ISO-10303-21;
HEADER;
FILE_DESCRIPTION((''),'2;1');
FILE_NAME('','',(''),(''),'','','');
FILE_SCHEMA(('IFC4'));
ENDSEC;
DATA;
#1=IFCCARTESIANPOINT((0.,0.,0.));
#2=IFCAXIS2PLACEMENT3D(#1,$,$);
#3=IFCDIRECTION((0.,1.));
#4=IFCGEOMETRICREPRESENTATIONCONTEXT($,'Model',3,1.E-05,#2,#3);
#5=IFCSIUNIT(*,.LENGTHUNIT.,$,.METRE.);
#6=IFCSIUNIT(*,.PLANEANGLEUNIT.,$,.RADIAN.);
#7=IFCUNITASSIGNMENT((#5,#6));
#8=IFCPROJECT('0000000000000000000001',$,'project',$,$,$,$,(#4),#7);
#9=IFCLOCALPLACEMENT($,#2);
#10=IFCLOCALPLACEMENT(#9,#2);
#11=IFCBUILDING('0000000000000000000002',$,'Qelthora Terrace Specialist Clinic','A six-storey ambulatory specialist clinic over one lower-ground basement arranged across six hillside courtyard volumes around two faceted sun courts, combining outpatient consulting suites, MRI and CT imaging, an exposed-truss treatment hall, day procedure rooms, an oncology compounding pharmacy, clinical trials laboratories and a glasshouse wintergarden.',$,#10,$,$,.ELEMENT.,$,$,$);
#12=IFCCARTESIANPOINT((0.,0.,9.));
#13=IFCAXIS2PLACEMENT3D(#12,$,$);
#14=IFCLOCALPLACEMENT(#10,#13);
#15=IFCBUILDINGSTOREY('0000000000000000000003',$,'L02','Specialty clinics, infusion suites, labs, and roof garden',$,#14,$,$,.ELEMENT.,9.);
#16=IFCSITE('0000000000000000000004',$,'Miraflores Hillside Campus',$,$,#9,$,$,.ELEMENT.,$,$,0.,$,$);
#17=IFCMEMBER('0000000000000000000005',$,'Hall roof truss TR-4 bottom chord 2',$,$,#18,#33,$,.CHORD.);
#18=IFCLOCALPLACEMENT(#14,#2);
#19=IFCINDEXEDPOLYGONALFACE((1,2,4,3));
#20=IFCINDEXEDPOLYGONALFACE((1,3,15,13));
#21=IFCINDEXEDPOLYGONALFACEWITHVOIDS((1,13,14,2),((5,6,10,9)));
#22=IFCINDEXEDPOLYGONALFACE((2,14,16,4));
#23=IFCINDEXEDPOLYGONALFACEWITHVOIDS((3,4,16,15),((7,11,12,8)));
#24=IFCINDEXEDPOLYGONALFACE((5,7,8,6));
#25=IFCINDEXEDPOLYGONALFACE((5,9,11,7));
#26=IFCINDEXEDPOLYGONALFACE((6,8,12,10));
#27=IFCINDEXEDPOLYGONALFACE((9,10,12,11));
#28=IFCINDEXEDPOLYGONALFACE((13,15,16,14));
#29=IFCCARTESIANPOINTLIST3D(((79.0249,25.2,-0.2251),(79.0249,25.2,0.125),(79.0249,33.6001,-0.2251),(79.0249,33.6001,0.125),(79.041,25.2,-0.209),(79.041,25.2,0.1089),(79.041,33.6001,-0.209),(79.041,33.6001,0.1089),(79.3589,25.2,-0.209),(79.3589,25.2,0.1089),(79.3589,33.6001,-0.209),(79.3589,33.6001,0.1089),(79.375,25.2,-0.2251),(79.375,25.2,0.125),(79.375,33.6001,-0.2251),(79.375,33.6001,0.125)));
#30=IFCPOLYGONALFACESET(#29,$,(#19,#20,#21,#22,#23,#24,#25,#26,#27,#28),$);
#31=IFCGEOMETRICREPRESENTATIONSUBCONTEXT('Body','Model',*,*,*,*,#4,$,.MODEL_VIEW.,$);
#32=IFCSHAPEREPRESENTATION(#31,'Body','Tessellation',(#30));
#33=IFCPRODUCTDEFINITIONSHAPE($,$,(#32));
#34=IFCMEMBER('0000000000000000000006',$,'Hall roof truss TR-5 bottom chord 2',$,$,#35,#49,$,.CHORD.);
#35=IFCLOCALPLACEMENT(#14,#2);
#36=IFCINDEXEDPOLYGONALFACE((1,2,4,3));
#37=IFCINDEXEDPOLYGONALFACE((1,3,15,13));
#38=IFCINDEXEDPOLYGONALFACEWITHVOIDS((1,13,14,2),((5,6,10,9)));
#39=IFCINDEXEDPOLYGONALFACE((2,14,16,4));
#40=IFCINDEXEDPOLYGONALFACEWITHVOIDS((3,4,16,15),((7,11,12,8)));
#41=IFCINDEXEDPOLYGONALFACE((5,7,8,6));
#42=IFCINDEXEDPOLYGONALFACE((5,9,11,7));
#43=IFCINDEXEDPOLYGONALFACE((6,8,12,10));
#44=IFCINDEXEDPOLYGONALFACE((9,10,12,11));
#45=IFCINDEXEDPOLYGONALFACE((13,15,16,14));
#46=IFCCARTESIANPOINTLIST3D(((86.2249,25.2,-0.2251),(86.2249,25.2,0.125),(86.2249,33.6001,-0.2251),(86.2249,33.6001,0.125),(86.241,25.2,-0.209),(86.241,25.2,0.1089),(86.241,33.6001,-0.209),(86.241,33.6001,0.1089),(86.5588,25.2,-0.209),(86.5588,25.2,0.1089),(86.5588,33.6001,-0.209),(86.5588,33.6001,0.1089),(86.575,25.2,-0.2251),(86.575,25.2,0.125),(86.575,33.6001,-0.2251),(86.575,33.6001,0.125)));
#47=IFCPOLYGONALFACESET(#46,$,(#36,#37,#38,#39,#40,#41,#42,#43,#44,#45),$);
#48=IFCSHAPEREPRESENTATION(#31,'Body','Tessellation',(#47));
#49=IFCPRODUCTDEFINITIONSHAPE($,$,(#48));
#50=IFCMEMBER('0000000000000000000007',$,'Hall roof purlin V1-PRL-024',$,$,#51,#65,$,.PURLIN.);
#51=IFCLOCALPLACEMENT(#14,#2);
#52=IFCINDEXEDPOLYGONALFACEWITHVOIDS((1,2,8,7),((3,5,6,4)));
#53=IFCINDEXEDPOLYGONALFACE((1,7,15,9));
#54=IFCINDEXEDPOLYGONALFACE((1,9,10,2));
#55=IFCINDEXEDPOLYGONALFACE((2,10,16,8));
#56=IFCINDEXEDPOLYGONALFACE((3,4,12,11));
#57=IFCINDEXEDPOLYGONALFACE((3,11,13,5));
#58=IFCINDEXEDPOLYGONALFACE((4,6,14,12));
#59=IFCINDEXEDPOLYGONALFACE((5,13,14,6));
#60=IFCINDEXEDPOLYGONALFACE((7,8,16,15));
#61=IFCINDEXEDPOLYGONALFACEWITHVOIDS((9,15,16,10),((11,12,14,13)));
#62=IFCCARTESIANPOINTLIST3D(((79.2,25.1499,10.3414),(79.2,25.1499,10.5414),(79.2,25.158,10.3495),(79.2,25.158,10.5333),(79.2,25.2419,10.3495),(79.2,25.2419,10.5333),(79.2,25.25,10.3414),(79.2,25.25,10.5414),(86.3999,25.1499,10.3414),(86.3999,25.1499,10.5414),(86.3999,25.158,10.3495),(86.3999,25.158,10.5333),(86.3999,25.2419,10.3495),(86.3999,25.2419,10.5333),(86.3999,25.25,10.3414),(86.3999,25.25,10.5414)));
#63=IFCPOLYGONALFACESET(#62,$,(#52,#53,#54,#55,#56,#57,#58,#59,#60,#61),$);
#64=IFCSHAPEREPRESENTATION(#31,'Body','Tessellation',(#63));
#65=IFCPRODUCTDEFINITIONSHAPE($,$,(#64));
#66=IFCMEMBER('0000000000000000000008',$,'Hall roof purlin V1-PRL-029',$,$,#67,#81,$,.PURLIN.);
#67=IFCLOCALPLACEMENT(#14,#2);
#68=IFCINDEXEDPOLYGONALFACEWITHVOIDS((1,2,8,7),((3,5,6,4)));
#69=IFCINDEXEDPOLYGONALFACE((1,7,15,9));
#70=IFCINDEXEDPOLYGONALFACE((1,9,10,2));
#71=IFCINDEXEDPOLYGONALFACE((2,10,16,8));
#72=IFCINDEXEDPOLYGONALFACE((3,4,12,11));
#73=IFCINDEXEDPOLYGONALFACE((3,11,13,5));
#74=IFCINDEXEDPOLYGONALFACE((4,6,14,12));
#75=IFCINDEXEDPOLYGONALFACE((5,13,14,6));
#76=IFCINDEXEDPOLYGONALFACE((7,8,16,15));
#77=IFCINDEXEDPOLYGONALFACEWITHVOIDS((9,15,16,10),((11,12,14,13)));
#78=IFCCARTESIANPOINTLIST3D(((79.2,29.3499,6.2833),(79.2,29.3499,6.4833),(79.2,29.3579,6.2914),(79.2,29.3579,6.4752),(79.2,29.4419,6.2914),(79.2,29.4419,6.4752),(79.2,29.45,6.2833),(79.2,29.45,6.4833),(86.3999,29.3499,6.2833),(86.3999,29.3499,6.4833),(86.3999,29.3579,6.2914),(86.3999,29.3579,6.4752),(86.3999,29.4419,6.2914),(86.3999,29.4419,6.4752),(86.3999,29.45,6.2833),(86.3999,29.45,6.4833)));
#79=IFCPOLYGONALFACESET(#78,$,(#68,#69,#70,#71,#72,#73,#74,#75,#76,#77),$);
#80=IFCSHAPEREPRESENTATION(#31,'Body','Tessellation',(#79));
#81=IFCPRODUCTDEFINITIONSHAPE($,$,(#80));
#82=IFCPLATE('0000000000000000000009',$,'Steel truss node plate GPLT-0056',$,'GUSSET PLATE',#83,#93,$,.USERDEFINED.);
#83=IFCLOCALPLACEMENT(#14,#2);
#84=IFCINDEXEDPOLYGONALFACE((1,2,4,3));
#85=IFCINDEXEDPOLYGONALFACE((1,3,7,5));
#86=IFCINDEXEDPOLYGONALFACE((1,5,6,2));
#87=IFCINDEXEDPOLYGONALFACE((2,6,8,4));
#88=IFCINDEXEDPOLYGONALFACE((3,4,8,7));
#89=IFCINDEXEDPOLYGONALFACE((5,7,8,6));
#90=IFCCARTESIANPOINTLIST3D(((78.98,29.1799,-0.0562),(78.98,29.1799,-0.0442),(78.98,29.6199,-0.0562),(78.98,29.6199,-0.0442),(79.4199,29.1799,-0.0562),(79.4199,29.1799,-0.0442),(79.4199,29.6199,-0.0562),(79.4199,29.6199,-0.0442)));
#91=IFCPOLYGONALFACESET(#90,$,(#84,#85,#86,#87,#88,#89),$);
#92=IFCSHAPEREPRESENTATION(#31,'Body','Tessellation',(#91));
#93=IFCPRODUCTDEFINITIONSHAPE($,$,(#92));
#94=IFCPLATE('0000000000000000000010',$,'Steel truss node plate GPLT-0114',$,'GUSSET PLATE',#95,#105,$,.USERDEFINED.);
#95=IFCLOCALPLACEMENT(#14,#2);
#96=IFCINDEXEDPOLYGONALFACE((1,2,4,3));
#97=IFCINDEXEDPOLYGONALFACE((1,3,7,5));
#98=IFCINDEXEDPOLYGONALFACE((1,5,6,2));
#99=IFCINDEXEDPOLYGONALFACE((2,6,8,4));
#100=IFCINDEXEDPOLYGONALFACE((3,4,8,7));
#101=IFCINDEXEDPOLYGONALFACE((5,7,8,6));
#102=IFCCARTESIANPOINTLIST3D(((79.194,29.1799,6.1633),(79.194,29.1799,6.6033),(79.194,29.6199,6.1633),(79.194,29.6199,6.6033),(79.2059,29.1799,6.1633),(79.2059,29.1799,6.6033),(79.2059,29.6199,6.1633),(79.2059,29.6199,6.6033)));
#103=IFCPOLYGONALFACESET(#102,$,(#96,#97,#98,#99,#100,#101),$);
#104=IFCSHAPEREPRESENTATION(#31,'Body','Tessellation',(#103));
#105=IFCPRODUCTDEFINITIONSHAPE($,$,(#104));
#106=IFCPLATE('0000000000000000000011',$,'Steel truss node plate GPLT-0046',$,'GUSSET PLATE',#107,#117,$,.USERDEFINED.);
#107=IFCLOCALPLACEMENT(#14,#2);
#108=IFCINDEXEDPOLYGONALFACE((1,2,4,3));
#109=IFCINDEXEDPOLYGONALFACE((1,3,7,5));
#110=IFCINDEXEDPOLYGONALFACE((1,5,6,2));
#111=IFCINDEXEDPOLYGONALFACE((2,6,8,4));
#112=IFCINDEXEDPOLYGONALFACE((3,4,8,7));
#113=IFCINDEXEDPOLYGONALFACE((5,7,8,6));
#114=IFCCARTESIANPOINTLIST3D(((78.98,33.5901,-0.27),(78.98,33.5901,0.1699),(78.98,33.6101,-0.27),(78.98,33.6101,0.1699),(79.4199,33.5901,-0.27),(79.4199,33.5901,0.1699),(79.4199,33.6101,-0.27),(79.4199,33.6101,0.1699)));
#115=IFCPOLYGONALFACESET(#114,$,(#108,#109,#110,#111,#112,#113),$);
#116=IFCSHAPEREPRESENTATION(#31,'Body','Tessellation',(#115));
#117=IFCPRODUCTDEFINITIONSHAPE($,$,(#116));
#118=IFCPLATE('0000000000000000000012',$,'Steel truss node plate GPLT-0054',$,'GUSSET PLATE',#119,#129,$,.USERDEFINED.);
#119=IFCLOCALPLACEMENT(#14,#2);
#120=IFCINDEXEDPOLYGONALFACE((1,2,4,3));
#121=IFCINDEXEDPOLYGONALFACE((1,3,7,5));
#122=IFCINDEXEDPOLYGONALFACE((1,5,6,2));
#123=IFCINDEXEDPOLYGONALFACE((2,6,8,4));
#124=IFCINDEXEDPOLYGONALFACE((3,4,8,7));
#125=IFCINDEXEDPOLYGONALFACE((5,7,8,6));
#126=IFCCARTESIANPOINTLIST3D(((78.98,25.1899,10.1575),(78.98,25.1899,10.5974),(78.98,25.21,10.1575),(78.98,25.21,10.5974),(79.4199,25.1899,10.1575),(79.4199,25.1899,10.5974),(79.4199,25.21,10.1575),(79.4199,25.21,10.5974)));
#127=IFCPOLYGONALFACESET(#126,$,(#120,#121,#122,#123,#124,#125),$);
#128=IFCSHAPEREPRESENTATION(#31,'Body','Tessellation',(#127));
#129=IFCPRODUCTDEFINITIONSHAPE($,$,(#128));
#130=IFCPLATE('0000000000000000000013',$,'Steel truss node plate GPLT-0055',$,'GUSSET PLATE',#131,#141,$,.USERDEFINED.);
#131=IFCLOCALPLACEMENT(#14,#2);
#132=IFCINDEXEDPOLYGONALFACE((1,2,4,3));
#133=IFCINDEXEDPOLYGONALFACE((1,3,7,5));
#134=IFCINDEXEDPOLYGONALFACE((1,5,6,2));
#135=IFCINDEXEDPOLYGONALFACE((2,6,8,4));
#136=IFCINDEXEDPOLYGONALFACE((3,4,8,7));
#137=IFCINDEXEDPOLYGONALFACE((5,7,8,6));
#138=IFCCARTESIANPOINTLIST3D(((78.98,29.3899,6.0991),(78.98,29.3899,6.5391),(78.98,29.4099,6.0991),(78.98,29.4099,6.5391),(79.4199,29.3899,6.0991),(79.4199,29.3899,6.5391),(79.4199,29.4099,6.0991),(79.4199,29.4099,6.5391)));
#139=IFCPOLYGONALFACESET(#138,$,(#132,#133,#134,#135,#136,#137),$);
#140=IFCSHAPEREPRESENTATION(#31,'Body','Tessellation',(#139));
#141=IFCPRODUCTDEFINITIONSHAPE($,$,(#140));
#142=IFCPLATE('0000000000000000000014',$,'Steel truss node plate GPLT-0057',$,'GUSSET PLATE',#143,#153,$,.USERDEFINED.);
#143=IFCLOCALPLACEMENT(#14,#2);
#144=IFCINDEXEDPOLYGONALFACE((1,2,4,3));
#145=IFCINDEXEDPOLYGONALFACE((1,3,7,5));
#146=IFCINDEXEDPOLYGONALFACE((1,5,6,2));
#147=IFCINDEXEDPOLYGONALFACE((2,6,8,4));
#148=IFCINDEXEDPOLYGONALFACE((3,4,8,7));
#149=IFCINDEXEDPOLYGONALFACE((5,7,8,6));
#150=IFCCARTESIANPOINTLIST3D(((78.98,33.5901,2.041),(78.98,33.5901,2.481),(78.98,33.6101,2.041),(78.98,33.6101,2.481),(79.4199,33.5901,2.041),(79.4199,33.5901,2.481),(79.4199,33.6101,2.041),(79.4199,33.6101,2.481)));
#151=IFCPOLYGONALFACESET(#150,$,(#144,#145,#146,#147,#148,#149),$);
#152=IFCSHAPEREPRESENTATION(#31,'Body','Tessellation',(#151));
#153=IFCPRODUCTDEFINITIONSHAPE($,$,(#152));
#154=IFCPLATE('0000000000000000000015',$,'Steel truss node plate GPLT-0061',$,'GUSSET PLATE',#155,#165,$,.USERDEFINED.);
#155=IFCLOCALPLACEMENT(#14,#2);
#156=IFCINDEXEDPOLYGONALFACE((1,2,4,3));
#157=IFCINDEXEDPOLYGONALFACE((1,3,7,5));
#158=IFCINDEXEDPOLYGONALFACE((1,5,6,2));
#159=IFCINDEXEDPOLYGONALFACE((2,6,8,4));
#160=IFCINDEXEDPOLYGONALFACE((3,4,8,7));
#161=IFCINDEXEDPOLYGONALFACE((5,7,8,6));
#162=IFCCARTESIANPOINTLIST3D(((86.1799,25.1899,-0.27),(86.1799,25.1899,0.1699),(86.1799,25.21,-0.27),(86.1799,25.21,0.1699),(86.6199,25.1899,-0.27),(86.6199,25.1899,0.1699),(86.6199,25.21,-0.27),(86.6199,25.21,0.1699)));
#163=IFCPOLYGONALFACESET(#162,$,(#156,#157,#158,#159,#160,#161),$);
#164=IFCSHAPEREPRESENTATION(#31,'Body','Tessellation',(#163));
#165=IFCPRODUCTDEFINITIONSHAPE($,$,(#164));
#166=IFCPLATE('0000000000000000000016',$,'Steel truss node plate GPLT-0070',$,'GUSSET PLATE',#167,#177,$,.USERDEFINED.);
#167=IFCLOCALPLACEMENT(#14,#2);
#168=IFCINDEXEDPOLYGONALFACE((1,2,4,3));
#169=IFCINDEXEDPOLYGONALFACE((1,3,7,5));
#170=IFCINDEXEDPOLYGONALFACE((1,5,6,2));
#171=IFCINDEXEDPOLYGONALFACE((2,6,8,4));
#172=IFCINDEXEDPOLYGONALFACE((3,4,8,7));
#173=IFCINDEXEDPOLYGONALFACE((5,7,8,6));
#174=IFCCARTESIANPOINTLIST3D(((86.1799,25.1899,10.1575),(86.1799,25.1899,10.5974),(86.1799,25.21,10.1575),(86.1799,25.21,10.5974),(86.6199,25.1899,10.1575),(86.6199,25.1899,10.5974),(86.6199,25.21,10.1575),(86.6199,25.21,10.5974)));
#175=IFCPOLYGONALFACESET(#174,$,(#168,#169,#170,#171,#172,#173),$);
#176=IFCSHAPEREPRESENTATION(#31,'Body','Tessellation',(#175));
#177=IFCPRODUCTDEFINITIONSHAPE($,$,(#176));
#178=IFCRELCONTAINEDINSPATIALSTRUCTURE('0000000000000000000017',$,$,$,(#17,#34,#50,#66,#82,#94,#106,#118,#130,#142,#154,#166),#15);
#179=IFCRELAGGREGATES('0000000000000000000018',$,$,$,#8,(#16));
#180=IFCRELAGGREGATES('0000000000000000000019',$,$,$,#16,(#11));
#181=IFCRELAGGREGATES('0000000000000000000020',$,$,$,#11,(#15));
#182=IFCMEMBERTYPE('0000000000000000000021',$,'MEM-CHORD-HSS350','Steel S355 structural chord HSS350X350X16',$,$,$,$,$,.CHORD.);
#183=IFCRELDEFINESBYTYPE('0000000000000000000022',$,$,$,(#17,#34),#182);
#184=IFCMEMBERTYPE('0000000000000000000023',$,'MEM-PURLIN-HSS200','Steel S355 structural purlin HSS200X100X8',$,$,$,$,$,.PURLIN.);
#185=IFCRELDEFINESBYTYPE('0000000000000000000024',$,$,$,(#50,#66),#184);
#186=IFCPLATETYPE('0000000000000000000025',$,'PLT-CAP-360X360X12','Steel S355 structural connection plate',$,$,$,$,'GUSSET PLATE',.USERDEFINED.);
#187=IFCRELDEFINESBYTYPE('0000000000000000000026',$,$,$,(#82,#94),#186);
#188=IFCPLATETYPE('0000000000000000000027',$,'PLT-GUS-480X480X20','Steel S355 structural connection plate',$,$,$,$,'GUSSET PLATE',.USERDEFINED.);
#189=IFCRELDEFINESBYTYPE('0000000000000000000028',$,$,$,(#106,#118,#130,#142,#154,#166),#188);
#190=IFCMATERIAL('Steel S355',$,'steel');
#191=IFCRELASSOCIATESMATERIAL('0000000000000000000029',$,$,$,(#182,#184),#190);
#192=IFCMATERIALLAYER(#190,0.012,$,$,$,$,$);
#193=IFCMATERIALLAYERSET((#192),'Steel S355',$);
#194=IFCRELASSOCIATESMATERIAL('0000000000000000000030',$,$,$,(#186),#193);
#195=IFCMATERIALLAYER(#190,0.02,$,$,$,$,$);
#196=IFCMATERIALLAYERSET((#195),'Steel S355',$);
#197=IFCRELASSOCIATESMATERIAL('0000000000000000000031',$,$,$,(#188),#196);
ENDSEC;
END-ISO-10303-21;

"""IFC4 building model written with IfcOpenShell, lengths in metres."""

from ifc_helpers import new_model, si_unit, direction, frame, origin, origin_2d, place, context, subcontext, project, spatial, rectangle, hollow_rectangle, extrude, material, layer, layer_set, material_profile, profile_set, type_object, element, save


model = new_model("IFC4")

# Units and contexts
model_context = context("Model", 3, precision=1e-05, world=origin(), true_north=direction((0.0, 1.0)))
body_context = subcontext(model_context, "Body", "Model", "MODEL_VIEW")
ifc_project = project(units=[si_unit("LENGTHUNIT", "METRE"), si_unit("PLANEANGLEUNIT", "RADIAN")], contexts=[model_context])

# Site, building, storey
site_placement = place(None, origin())
site = spatial("IfcSite", under=ifc_project, at=site_placement, Name="Miraflores Hillside Campus", CompositionType="ELEMENT", RefElevation=0.0)
building_placement = place(site_placement, origin())
building = spatial("IfcBuilding", under=site, at=building_placement, Name="Qelthora Terrace Specialist Clinic", Description="A six-storey ambulatory specialist clinic over one lower-ground basement arranged across six hillside courtyard volumes around two faceted sun courts, combining outpatient consulting suites, MRI and CT imaging, an exposed-truss treatment hall, day procedure rooms, an oncology compounding pharmacy, clinical trials laboratories and a glasshouse wintergarden.", CompositionType="ELEMENT")
storey_placement = place(building_placement, frame((0.0, 0.0, 9.0)))
storey = spatial("IfcBuildingStorey", under=building, at=storey_placement, Name="L02", Description="Specialty clinics, infusion suites, labs, and roof garden", CompositionType="ELEMENT", Elevation=9.0)

# Shared definitions
ifc_material = material(Name="Steel S355", Category="steel")

# Members
ifc_material_profile_1 = material_profile(ifc_material, hollow_rectangle(XDim=0.3501, YDim=0.3501, WallThickness=0.0161, at=origin_2d()), Name="HSS350X350X16")
ifc_profile_set_1 = profile_set([ifc_material_profile_1], Name="Steel S355")
member_type_1 = type_object("IfcMemberType", Name="MEM-CHORD-HSS350", Description="Steel S355 structural chord HSS350X350X16", PredefinedType="CHORD", material=ifc_profile_set_1)
for number, where, z_axis, x_axis, name in (
    (1, (79.2, 25.2, -0.05), (0.0, 1.0, 0.0), (-1.0, 0.0, 0.0), "Hall roof truss TR-4 bottom chord 2"),
    (2, (86.3999, 25.2, -0.05), (0.0, 1.0, 0.0), (-1.0, 0.0, 0.0), "Hall roof truss TR-5 bottom chord 2"),
):
    element("IfcMember", number, at=place(storey_placement, frame(where, z_axis=z_axis, x_axis=x_axis)), inside=storey, type_object=member_type_1, Name=name, PredefinedType="CHORD", context=body_context, shape_type="SweptSolid", body=[
        extrude(hollow_rectangle(XDim=0.3501, YDim=0.3501, WallThickness=0.0161, at=origin_2d()), origin(), (0.0, 0.0, 1.0), 8.4001),
    ])
ifc_material_profile_2 = material_profile(ifc_material, hollow_rectangle(XDim=0.1001, YDim=0.2, WallThickness=0.0081, at=origin_2d()), Name="HSS200X100X8")
ifc_profile_set_2 = profile_set([ifc_material_profile_2], Name="Steel S355")
member_type_2 = type_object("IfcMemberType", Name="MEM-PURLIN-HSS200", Description="Steel S355 structural purlin HSS200X100X8", PredefinedType="PURLIN", material=ifc_profile_set_2)
for number, where, z_axis, x_axis, name in (
    (3, (79.2, 25.2, 10.4414), (1.0, 0.0, 0.0), (0.0, 1.0, 0.0), "Hall roof purlin V1-PRL-024"),
    (4, (79.2, 29.3999, 6.3833), (1.0, 0.0, 0.0), (0.0, 1.0, 0.0), "Hall roof purlin V1-PRL-029"),
):
    element("IfcMember", number, at=place(storey_placement, frame(where, z_axis=z_axis, x_axis=x_axis)), inside=storey, type_object=member_type_2, Name=name, PredefinedType="PURLIN", context=body_context, shape_type="SweptSolid", body=[
        extrude(hollow_rectangle(XDim=0.1001, YDim=0.2, WallThickness=0.0081, at=origin_2d()), origin(), (0.0, 0.0, 1.0), 7.2),
    ])

# Plates
ifc_layer_1 = layer(ifc_material, 0.012)
ifc_layer_set_1 = layer_set([ifc_layer_1], Name="Steel S355")
plate_type_1 = type_object("IfcPlateType", Name="PLT-CAP-360X360X12", Description="Steel S355 structural connection plate", ElementType="GUSSET PLATE", PredefinedType="USERDEFINED", material=ifc_layer_set_1)
plate_1_placement = place(storey_placement, frame((79.2, 29.3999, -0.0562), z_axis=(0.0, 0.0, 1.0), x_axis=(1.0, 0.0, 0.0)))
element("IfcPlate", 5, at=plate_1_placement, inside=storey, type_object=plate_type_1, Name="Steel truss node plate GPLT-0056", ObjectType="GUSSET PLATE", PredefinedType="USERDEFINED", context=body_context, shape_type="SweptSolid", body=[
    extrude(rectangle(XDim=0.4399, YDim=0.4399, at=origin_2d()), origin(), (0.0, 0.0, 1.0), 0.012),
])
plate_2_placement = place(storey_placement, frame((79.2, 29.3999, 6.1633), z_axis=(0.0, 0.0, 1.0), x_axis=(1.0, 0.0, 0.0)))
element("IfcPlate", 6, at=plate_2_placement, inside=storey, type_object=plate_type_1, Name="Steel truss node plate GPLT-0114", ObjectType="GUSSET PLATE", PredefinedType="USERDEFINED", context=body_context, shape_type="SweptSolid", body=[
    extrude(rectangle(XDim=0.012, YDim=0.4399, at=origin_2d()), origin(), (0.0, 0.0, 1.0), 0.4399),
])
ifc_layer_2 = layer(ifc_material, 0.02)
ifc_layer_set_2 = layer_set([ifc_layer_2], Name="Steel S355")
plate_type_2 = type_object("IfcPlateType", Name="PLT-GUS-480X480X20", Description="Steel S355 structural connection plate", ElementType="GUSSET PLATE", PredefinedType="USERDEFINED", material=ifc_layer_set_2)
for number, where, z_axis, x_axis, name in (
    (7, (79.2, 33.6001, -0.27), (0.0, 0.0, 1.0), (1.0, 0.0, 0.0), "Steel truss node plate GPLT-0046"),
    (8, (79.2, 25.2, 10.1575), (0.0, 0.0, 1.0), (1.0, 0.0, 0.0), "Steel truss node plate GPLT-0054"),
    (9, (79.2, 29.3999, 6.0991), (0.0, 0.0, 1.0), (1.0, 0.0, 0.0), "Steel truss node plate GPLT-0055"),
    (10, (79.2, 33.6001, 2.041), (0.0, 0.0, 1.0), (1.0, 0.0, 0.0), "Steel truss node plate GPLT-0057"),
    (11, (86.3999, 25.2, -0.27), (0.0, 0.0, 1.0), (1.0, 0.0, 0.0), "Steel truss node plate GPLT-0061"),
    (12, (86.3999, 25.2, 10.1575), (0.0, 0.0, 1.0), (1.0, 0.0, 0.0), "Steel truss node plate GPLT-0070"),
):
    element("IfcPlate", number, at=place(storey_placement, frame(where, z_axis=z_axis, x_axis=x_axis)), inside=storey, type_object=plate_type_2, Name=name, ObjectType="GUSSET PLATE", PredefinedType="USERDEFINED", context=body_context, shape_type="SweptSolid", body=[
        extrude(rectangle(XDim=0.4399, YDim=0.02, at=origin_2d()), origin(), (0.0, 0.0, 1.0), 0.4399),
    ])

save(model, "model.ifc")
